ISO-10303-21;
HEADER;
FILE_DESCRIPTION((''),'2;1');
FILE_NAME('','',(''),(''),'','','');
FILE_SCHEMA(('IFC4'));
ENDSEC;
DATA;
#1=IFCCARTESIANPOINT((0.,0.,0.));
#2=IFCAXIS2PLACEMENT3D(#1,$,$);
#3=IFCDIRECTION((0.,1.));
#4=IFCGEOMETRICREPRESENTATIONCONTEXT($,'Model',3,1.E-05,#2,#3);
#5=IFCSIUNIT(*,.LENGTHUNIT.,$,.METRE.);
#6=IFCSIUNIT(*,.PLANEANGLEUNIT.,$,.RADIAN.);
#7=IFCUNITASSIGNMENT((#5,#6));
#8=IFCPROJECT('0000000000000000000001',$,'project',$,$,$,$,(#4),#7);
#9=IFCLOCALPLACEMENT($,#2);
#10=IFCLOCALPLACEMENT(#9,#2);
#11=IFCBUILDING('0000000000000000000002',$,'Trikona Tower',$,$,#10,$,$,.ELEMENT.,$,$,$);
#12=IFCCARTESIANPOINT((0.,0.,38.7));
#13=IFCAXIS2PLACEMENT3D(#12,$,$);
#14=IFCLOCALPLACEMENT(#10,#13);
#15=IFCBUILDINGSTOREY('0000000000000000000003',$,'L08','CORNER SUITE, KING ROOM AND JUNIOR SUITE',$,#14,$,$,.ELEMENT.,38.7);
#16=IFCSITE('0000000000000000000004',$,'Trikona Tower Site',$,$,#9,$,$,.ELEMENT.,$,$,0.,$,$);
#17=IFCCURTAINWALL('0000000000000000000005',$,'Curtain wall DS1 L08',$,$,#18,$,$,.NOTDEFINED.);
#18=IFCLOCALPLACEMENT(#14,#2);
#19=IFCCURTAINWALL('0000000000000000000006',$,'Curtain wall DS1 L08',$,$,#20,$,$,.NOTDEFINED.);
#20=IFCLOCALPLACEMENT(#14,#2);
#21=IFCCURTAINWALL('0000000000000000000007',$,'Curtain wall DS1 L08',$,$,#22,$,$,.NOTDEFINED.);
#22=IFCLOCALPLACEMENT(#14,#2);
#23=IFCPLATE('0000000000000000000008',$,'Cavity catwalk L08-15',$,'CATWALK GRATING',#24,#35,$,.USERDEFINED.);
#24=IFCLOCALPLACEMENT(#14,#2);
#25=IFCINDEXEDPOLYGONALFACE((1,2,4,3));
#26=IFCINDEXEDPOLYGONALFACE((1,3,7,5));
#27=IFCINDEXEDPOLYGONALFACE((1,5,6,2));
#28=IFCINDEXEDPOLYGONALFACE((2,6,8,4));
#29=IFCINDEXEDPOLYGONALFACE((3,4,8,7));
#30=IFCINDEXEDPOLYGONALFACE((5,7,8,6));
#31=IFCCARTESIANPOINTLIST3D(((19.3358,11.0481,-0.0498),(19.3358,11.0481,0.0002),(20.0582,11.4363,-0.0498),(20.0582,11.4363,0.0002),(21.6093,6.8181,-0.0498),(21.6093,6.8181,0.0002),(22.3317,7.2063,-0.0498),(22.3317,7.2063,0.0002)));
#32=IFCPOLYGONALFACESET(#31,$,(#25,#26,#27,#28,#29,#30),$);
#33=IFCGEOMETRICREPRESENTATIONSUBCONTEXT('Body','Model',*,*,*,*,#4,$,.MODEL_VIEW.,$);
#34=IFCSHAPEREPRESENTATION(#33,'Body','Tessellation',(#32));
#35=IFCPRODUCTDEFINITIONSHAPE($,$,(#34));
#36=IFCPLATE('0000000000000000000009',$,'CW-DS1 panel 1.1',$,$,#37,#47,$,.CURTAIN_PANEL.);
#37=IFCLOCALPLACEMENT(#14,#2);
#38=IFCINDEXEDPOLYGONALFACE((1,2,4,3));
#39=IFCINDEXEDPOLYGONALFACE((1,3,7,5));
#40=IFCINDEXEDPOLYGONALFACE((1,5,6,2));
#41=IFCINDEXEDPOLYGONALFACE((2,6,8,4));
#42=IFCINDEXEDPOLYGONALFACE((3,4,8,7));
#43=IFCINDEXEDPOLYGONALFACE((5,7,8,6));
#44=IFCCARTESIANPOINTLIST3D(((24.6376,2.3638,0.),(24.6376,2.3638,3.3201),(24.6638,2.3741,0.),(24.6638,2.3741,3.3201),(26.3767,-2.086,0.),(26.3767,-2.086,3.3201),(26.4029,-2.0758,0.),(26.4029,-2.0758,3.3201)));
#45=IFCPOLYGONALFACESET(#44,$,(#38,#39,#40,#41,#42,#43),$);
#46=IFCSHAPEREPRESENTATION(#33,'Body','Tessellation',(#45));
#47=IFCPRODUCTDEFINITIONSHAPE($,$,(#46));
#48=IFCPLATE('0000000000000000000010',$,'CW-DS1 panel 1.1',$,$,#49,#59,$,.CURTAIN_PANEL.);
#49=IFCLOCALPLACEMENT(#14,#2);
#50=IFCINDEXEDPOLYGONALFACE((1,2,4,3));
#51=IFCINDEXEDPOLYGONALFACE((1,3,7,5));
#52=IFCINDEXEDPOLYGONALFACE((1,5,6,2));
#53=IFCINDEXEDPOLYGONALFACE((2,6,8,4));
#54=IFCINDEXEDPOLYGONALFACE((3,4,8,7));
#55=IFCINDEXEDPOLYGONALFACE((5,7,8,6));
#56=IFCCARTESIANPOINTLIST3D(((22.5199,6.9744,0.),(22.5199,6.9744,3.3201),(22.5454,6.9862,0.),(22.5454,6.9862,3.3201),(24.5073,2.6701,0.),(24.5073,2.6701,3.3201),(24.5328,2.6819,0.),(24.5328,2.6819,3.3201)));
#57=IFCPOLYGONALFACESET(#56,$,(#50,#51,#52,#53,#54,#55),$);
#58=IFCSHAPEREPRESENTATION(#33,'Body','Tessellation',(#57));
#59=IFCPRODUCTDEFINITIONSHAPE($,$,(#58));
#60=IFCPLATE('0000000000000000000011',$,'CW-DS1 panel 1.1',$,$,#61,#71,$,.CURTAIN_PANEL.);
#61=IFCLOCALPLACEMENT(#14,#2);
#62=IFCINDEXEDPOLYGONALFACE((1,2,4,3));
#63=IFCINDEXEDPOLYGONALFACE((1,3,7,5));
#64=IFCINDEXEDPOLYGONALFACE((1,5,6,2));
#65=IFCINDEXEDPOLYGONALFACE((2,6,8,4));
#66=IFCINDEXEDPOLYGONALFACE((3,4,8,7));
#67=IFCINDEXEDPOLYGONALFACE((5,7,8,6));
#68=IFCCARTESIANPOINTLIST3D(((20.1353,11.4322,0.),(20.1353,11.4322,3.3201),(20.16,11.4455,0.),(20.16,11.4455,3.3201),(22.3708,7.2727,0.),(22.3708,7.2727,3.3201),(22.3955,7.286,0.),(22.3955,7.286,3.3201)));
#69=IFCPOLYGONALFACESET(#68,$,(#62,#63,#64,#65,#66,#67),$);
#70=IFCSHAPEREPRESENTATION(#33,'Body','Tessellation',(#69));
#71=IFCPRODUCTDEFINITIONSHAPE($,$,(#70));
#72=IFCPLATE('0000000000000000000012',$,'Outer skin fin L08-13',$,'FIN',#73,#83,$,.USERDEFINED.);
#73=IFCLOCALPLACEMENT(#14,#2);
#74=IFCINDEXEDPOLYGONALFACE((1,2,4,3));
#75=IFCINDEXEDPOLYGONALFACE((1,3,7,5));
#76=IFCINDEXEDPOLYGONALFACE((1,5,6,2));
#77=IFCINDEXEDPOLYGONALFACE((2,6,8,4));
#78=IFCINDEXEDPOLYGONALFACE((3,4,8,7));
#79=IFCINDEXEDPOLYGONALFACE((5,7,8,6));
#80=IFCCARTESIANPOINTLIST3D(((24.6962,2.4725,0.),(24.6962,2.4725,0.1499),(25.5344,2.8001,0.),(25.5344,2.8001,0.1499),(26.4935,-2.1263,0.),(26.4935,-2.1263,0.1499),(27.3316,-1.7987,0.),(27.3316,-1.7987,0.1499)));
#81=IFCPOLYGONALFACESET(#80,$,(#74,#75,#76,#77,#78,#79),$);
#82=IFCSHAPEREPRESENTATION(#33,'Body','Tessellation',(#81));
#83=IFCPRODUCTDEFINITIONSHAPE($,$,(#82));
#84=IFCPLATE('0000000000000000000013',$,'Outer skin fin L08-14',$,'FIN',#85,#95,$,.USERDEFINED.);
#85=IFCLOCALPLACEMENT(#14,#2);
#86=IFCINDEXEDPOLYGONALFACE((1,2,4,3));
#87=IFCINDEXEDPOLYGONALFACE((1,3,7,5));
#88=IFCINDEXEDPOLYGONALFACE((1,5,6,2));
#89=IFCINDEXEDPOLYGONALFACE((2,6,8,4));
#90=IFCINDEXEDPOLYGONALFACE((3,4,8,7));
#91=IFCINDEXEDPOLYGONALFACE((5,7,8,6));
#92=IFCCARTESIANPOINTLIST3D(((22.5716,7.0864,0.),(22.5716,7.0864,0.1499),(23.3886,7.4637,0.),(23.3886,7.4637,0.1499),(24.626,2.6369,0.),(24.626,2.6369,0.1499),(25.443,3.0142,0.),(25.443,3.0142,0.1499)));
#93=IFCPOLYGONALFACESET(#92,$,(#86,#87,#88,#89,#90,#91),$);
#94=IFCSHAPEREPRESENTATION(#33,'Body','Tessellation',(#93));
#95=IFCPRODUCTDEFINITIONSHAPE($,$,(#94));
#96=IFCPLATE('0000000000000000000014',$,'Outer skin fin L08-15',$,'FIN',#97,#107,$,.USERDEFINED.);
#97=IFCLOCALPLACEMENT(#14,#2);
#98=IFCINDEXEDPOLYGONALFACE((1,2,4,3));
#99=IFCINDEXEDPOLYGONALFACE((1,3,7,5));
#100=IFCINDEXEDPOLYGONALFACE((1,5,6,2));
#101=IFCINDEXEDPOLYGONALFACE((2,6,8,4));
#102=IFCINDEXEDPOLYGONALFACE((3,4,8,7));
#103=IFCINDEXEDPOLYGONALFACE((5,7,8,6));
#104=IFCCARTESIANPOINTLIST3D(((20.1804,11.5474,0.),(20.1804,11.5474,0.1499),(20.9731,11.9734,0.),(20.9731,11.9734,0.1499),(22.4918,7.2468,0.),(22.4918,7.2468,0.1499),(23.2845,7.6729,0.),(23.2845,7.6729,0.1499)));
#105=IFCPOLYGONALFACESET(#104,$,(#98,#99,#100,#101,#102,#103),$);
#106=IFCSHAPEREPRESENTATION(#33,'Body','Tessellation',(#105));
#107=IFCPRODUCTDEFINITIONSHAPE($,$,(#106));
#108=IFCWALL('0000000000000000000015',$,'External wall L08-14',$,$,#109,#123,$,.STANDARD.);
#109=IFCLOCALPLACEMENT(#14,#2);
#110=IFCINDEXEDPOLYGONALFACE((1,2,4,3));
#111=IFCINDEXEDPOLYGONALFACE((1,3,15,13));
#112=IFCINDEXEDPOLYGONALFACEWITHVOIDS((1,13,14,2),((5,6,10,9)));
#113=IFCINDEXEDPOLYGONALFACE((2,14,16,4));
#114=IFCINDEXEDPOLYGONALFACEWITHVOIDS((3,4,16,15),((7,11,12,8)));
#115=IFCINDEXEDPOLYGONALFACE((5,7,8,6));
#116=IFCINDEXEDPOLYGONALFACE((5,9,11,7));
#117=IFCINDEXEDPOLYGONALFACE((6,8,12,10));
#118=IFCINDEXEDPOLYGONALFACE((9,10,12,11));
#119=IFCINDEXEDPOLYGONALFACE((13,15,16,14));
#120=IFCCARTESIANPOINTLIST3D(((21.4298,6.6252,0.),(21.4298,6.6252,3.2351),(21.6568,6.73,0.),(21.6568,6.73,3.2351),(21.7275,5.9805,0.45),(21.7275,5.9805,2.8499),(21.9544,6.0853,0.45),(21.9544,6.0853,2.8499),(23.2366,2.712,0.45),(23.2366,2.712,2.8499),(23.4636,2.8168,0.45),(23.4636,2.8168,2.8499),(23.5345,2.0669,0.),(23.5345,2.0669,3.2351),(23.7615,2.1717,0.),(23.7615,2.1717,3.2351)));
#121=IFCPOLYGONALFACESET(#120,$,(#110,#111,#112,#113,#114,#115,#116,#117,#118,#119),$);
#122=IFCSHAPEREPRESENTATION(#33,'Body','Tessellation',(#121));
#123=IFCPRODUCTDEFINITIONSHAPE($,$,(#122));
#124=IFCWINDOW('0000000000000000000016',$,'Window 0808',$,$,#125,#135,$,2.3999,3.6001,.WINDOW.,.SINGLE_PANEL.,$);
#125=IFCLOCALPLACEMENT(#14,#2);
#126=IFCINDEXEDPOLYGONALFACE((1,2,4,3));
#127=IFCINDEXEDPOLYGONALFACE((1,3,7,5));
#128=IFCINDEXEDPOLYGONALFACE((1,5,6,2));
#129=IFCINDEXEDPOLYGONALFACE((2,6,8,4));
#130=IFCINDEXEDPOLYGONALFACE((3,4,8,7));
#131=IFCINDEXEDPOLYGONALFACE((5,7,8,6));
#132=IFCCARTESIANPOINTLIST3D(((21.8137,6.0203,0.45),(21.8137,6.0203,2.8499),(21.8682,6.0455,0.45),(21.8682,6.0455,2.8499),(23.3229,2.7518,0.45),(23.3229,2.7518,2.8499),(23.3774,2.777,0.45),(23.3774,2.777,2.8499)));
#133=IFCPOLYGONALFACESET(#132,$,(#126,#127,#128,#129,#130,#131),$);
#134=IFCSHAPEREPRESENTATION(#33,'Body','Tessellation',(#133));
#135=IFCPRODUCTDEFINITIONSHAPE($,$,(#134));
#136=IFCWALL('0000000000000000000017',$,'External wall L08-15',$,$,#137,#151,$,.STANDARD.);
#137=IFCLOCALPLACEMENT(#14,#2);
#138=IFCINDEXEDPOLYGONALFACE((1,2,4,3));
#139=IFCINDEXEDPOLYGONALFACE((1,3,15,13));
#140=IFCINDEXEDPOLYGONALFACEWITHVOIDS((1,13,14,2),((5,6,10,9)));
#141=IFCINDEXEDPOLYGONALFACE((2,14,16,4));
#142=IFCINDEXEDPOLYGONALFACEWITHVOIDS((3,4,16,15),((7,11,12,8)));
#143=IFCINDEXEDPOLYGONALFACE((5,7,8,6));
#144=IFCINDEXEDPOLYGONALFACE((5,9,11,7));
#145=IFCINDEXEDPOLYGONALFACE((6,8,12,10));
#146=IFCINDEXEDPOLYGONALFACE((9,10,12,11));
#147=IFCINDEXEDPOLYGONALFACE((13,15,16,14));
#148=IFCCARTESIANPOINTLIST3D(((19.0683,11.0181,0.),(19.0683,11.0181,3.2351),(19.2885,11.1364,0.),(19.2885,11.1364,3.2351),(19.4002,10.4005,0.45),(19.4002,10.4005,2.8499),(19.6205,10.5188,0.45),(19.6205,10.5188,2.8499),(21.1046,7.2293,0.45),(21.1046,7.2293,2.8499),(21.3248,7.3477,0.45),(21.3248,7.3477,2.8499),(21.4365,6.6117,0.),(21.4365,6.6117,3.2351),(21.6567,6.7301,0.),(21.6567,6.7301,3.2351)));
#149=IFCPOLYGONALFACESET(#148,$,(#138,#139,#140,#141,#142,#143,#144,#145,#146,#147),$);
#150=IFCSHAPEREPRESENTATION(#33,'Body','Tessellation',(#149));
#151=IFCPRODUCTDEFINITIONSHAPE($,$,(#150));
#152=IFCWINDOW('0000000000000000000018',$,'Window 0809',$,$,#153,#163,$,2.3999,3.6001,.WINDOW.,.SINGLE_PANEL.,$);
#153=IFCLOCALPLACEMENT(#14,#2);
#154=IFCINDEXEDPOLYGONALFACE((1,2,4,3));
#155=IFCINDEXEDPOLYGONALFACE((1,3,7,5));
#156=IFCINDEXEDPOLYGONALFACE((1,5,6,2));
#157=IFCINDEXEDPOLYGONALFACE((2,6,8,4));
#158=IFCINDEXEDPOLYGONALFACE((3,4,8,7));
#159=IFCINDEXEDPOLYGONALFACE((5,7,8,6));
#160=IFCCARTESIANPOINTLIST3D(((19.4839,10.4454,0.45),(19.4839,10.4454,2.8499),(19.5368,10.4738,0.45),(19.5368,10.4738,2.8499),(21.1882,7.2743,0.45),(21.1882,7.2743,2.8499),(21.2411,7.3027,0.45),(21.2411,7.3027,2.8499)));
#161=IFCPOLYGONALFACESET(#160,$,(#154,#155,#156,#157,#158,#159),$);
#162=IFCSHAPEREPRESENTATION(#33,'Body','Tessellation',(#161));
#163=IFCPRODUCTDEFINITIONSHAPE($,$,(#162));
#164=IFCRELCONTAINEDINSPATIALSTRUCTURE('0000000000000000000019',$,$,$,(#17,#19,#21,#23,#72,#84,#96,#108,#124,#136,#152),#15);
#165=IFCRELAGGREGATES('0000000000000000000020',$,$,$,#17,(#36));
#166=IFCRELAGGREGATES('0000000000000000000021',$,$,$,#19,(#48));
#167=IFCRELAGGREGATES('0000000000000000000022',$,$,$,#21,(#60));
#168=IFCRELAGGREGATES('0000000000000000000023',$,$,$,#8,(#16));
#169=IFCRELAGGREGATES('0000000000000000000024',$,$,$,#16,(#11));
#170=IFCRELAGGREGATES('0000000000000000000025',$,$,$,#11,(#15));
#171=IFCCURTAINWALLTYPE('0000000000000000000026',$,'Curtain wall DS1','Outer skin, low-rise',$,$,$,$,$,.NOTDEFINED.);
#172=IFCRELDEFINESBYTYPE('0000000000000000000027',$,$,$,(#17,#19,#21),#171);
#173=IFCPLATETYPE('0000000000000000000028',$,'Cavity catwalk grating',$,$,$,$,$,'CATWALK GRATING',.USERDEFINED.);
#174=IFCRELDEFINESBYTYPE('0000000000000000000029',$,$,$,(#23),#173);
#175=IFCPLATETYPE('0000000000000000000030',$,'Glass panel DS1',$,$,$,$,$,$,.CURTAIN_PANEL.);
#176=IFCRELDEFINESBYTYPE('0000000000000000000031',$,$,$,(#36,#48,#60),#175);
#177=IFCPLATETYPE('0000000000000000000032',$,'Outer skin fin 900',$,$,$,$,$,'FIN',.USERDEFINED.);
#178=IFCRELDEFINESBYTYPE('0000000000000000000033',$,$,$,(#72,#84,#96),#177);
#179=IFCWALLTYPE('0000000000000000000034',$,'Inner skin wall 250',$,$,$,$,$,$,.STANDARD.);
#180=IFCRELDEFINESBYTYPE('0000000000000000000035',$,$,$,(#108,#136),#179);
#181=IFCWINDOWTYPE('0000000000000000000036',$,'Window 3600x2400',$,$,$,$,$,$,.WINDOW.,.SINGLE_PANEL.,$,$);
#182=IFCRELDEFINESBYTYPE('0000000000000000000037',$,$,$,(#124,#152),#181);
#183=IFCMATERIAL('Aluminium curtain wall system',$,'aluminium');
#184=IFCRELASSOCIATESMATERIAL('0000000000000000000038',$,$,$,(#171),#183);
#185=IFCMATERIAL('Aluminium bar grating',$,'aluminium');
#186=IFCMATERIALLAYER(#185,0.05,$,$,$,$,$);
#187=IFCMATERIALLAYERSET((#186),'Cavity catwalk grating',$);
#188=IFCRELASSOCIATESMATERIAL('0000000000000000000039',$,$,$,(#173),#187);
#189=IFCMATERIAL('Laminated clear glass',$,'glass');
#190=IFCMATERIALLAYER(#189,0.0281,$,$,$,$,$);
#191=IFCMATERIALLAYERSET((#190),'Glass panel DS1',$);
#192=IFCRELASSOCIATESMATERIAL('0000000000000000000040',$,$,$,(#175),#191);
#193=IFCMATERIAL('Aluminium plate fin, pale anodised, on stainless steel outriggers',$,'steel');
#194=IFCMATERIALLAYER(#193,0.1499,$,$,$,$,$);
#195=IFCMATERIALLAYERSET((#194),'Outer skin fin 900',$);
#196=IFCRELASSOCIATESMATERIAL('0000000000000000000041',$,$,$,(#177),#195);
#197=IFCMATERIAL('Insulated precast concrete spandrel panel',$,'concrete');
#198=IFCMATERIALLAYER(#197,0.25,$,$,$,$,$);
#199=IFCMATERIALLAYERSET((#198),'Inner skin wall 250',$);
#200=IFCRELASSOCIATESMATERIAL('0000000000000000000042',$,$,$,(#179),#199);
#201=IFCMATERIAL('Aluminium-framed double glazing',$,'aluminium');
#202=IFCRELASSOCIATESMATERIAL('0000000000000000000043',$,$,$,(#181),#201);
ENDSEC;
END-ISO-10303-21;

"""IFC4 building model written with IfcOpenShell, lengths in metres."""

from ifc_helpers import new_model, si_unit, direction, frame, frame_2d, origin, origin_2d, place, context, subcontext, project, spatial, rectangle, extrude, material, layer, layer_set, type_object, element, fill, aggregate, save


model = new_model("IFC4")

# Units and contexts
model_context = context("Model", 3, precision=1e-05, world=origin(), true_north=direction((0.0, 1.0)))
body_context = subcontext(model_context, "Body", "Model", "MODEL_VIEW")
ifc_project = project(units=[si_unit("LENGTHUNIT", "METRE"), si_unit("PLANEANGLEUNIT", "RADIAN")], contexts=[model_context])

# Site, building, storey
site_placement = place(None, origin())
site = spatial("IfcSite", under=ifc_project, at=site_placement, Name="Trikona Tower Site", CompositionType="ELEMENT", RefElevation=0.0)
building_placement = place(site_placement, origin())
building = spatial("IfcBuilding", under=site, at=building_placement, Name="Trikona Tower", CompositionType="ELEMENT")
storey_placement = place(building_placement, frame((0.0, 0.0, 38.7)))
storey = spatial("IfcBuildingStorey", under=building, at=storey_placement, Name="L08", Description="CORNER SUITE, KING ROOM AND JUNIOR SUITE", CompositionType="ELEMENT", Elevation=38.7)

# Curtain wall
ifc_material_1 = material(Name="Aluminium curtain wall system", Category="aluminium")
curtain_wall_type = type_object("IfcCurtainWallType", Name="Curtain wall DS1", Description="Outer skin, low-rise", PredefinedType="NOTDEFINED", material=ifc_material_1)
curtain_wall_1_placement = place(storey_placement, origin())
curtain_wall_1 = element("IfcCurtainWall", 1, at=curtain_wall_1_placement, inside=storey, type_object=curtain_wall_type, Name="Curtain wall DS1 L08", PredefinedType="NOTDEFINED")

# Curtain walls
curtain_wall_2_placement = place(storey_placement, origin())
curtain_wall_2 = element("IfcCurtainWall", 2, at=curtain_wall_2_placement, inside=storey, type_object=curtain_wall_type, Name="Curtain wall DS1 L08", PredefinedType="NOTDEFINED")
curtain_wall_3_placement = place(storey_placement, origin())
curtain_wall_3 = element("IfcCurtainWall", 3, at=curtain_wall_3_placement, inside=storey, type_object=curtain_wall_type, Name="Curtain wall DS1 L08", PredefinedType="NOTDEFINED")

# Plate
ifc_material_2 = material(Name="Aluminium bar grating", Category="aluminium")
ifc_layer_1 = layer(ifc_material_2, 0.05)
ifc_layer_set_1 = layer_set([ifc_layer_1], Name="Cavity catwalk grating")
plate_type_1 = type_object("IfcPlateType", Name="Cavity catwalk grating", ElementType="CATWALK GRATING", PredefinedType="USERDEFINED", material=ifc_layer_set_1)
plate_1_placement = place(storey_placement, frame((20.8337, 9.1272, -0.0498), z_axis=(0.0, 0.0, 1.0), x_axis=(-0.473423, 0.880835, 0.0)))
element("IfcPlate", 4, at=plate_1_placement, inside=storey, type_object=plate_type_1, Name="Cavity catwalk L08-15", ObjectType="CATWALK GRATING", PredefinedType="USERDEFINED", context=body_context, shape_type="SweptSolid", body=[
    extrude(rectangle(XDim=4.8022, YDim=0.8201, at=origin_2d()), origin(), (0.0, 0.0, 1.0), 0.05),
])

# Plates
ifc_material_3 = material(Name="Laminated clear glass", Category="glass")
ifc_layer_2 = layer(ifc_material_3, 0.0281)
ifc_layer_set_2 = layer_set([ifc_layer_2], Name="Glass panel DS1")
plate_type_2 = type_object("IfcPlateType", Name="Glass panel DS1", PredefinedType="CURTAIN_PANEL", material=ifc_layer_set_2)
plate_2_placement = place(storey_placement, frame((25.5203, 0.144, 0.0), z_axis=(0.0, 0.0, 1.0), x_axis=(-0.364008, 0.931396, 0.0)))
plate_2 = element("IfcPlate", 5, at=plate_2_placement, type_object=plate_type_2, Name="CW-DS1 panel 1.1", PredefinedType="CURTAIN_PANEL", context=body_context, shape_type="SweptSolid", body=[
    extrude(rectangle(XDim=4.7776, YDim=0.0281, at=origin_2d()), origin(), (0.0, 0.0, 1.0), 3.3201),
])
aggregate(curtain_wall_1, [plate_2])
plate_3_placement = place(storey_placement, frame((23.5264, 4.8281, 0.0), z_axis=(0.0, 0.0, 1.0), x_axis=(-0.41919, 0.907898, 0.0)))
plate_3 = element("IfcPlate", 6, at=plate_3_placement, type_object=plate_type_2, Name="CW-DS1 panel 1.1", PredefinedType="CURTAIN_PANEL", context=body_context, shape_type="SweptSolid", body=[
    extrude(rectangle(XDim=4.741, YDim=0.0281, at=origin_2d()), origin(), (0.0, 0.0, 1.0), 3.3201),
])
aggregate(curtain_wall_2, [plate_3])
plate_4_placement = place(storey_placement, frame((21.2654, 9.3591, 0.0), z_axis=(0.0, 0.0, 1.0), x_axis=(-0.473408, 0.880843, 0.0)))
plate_4 = element("IfcPlate", 7, at=plate_4_placement, type_object=plate_type_2, Name="CW-DS1 panel 1.1", PredefinedType="CURTAIN_PANEL", context=body_context, shape_type="SweptSolid", body=[
    extrude(rectangle(XDim=4.7222, YDim=0.0281, at=origin_2d()), origin(), (0.0, 0.0, 1.0), 3.3201),
])
aggregate(curtain_wall_3, [plate_4])

# Plates
ifc_material_4 = material(Name="Aluminium plate fin, pale anodised, on stainless steel outriggers", Category="steel")
ifc_layer_3 = layer(ifc_material_4, 0.1499)
ifc_layer_set_3 = layer_set([ifc_layer_3], Name="Outer skin fin 900")
plate_type_3 = type_object("IfcPlateType", Name="Outer skin fin 900", ElementType="FIN", PredefinedType="USERDEFINED", material=ifc_layer_set_3)
plate_5_placement = place(storey_placement, frame((26.0139, 0.3369, 0.0), z_axis=(0.0, 0.0, 1.0), x_axis=(-0.364009, 0.931395, 0.0)))
element("IfcPlate", 8, at=plate_5_placement, inside=storey, type_object=plate_type_3, Name="Outer skin fin L08-13", ObjectType="FIN", PredefinedType="USERDEFINED", context=body_context, shape_type="SweptSolid", body=[
    extrude(rectangle(XDim=4.9375, YDim=0.8999, at=origin_2d()), origin(), (0.0, 0.0, 1.0), 0.1499),
])
plate_6_placement = place(storey_placement, frame((24.0073, 5.0503, 0.0), z_axis=(0.0, 0.0, 1.0), x_axis=(-0.419194, 0.907897, 0.0)))
element("IfcPlate", 9, at=plate_6_placement, inside=storey, type_object=plate_type_3, Name="Outer skin fin L08-14", ObjectType="FIN", PredefinedType="USERDEFINED", context=body_context, shape_type="SweptSolid", body=[
    extrude(rectangle(XDim=4.9009, YDim=0.8999, at=origin_2d()), origin(), (0.0, 0.0, 1.0), 0.1499),
])
plate_7_placement = place(storey_placement, frame((21.7324, 9.6101, 0.0), z_axis=(0.0, 0.0, 1.0), x_axis=(-0.473423, 0.880835, 0.0)))
element("IfcPlate", 10, at=plate_7_placement, inside=storey, type_object=plate_type_3, Name="Outer skin fin L08-15", ObjectType="FIN", PredefinedType="USERDEFINED", context=body_context, shape_type="SweptSolid", body=[
    extrude(rectangle(XDim=4.8823, YDim=0.8999, at=origin_2d()), origin(), (0.0, 0.0, 1.0), 0.1499),
])

# Walls, openings, windows
ifc_material_5 = material(Name="Insulated precast concrete spandrel panel", Category="concrete")
ifc_layer_4 = layer(ifc_material_5, 0.25)
ifc_layer_set_4 = layer_set([ifc_layer_4], Name="Inner skin wall 250")
wall_type = type_object("IfcWallType", Name="Inner skin wall 250", PredefinedType="STANDARD", material=ifc_layer_set_4)
wall_1_placement = place(storey_placement, frame((23.6479, 2.1194, 0.0), z_axis=(0.0, 0.0, 1.0), x_axis=(-0.419203, 0.907892, 0.0)))
wall_1 = element("IfcWall", 11, at=wall_1_placement, inside=storey, type_object=wall_type, Name="External wall L08-14", PredefinedType="STANDARD", context=body_context, shape_type="SweptSolid", body=[
    extrude(rectangle(XDim=5.0208, YDim=0.25, at=frame_2d((2.5103, 0.0))), origin(), (0.0, 0.0, 1.0), 3.2351),
])
opening_1_placement = place(wall_1_placement, frame((0.7104, 0.0, 0.45)))
opening_1 = element("IfcOpeningElement", 12, at=opening_1_placement, cuts=wall_1, PredefinedType="OPENING", context=body_context, shape_type="SweptSolid", body=[
    extrude(rectangle(XDim=3.6001, YDim=2.3999, at=frame_2d((1.8, 1.2))), frame((0.0, 0.135, 0.0), z_axis=(0.0, -1.0, 0.0), x_axis=(1.0, 0.0, 0.0)), (0.0, 0.0, 1.0), 0.27),
])
ifc_material_6 = material(Name="Aluminium-framed double glazing", Category="aluminium")
window_type = type_object("IfcWindowType", Name="Window 3600x2400", PartitioningType="SINGLE_PANEL", PredefinedType="WINDOW", material=ifc_material_6)
window_1_placement = place(opening_1_placement, origin())
window_1 = element("IfcWindow", 13, at=window_1_placement, inside=storey, type_object=window_type, Name="Window 0808", OverallHeight=2.3999, OverallWidth=3.6001, PartitioningType="SINGLE_PANEL", PredefinedType="WINDOW", context=body_context, shape_type="SweptSolid", body=[
    extrude(rectangle(XDim=3.6001, YDim=2.3999, at=frame_2d((1.8, 1.2))), frame((0.0, 0.03, 0.0), z_axis=(0.0, -1.0, 0.0), x_axis=(1.0, 0.0, 0.0)), (0.0, 0.0, 1.0), 0.0601),
])
fill(opening_1, window_1)
wall_2_placement = place(storey_placement, frame((21.5466, 6.6709, 0.0), z_axis=(0.0, 0.0, 1.0), x_axis=(-0.473413, 0.880841, 0.0)))
wall_2 = element("IfcWall", 14, at=wall_2_placement, inside=storey, type_object=wall_type, Name="External wall L08-15", PredefinedType="STANDARD", context=body_context, shape_type="SweptSolid", body=[
    extrude(rectangle(XDim=5.0024, YDim=0.25, at=frame_2d((2.5012, 0.0))), origin(), (0.0, 0.0, 1.0), 3.2351),
])
opening_2_placement = place(wall_2_placement, frame((0.7012, 0.0, 0.45)))
opening_2 = element("IfcOpeningElement", 15, at=opening_2_placement, cuts=wall_2, PredefinedType="OPENING", context=body_context, shape_type="SweptSolid", body=[
    extrude(rectangle(XDim=3.6001, YDim=2.3999, at=frame_2d((1.8, 1.2))), frame((0.0, 0.135, 0.0), z_axis=(0.0, -1.0, 0.0), x_axis=(1.0, 0.0, 0.0)), (0.0, 0.0, 1.0), 0.27),
])
window_2_placement = place(opening_2_placement, origin())
window_2 = element("IfcWindow", 16, at=window_2_placement, inside=storey, type_object=window_type, Name="Window 0809", OverallHeight=2.3999, OverallWidth=3.6001, PartitioningType="SINGLE_PANEL", PredefinedType="WINDOW", context=body_context, shape_type="SweptSolid", body=[
    extrude(rectangle(XDim=3.6001, YDim=2.3999, at=frame_2d((1.8, 1.2))), frame((0.0, 0.03, 0.0), z_axis=(0.0, -1.0, 0.0), x_axis=(1.0, 0.0, 0.0)), (0.0, 0.0, 1.0), 0.0601),
])
fill(opening_2, window_2)

save(model, "model.ifc")
